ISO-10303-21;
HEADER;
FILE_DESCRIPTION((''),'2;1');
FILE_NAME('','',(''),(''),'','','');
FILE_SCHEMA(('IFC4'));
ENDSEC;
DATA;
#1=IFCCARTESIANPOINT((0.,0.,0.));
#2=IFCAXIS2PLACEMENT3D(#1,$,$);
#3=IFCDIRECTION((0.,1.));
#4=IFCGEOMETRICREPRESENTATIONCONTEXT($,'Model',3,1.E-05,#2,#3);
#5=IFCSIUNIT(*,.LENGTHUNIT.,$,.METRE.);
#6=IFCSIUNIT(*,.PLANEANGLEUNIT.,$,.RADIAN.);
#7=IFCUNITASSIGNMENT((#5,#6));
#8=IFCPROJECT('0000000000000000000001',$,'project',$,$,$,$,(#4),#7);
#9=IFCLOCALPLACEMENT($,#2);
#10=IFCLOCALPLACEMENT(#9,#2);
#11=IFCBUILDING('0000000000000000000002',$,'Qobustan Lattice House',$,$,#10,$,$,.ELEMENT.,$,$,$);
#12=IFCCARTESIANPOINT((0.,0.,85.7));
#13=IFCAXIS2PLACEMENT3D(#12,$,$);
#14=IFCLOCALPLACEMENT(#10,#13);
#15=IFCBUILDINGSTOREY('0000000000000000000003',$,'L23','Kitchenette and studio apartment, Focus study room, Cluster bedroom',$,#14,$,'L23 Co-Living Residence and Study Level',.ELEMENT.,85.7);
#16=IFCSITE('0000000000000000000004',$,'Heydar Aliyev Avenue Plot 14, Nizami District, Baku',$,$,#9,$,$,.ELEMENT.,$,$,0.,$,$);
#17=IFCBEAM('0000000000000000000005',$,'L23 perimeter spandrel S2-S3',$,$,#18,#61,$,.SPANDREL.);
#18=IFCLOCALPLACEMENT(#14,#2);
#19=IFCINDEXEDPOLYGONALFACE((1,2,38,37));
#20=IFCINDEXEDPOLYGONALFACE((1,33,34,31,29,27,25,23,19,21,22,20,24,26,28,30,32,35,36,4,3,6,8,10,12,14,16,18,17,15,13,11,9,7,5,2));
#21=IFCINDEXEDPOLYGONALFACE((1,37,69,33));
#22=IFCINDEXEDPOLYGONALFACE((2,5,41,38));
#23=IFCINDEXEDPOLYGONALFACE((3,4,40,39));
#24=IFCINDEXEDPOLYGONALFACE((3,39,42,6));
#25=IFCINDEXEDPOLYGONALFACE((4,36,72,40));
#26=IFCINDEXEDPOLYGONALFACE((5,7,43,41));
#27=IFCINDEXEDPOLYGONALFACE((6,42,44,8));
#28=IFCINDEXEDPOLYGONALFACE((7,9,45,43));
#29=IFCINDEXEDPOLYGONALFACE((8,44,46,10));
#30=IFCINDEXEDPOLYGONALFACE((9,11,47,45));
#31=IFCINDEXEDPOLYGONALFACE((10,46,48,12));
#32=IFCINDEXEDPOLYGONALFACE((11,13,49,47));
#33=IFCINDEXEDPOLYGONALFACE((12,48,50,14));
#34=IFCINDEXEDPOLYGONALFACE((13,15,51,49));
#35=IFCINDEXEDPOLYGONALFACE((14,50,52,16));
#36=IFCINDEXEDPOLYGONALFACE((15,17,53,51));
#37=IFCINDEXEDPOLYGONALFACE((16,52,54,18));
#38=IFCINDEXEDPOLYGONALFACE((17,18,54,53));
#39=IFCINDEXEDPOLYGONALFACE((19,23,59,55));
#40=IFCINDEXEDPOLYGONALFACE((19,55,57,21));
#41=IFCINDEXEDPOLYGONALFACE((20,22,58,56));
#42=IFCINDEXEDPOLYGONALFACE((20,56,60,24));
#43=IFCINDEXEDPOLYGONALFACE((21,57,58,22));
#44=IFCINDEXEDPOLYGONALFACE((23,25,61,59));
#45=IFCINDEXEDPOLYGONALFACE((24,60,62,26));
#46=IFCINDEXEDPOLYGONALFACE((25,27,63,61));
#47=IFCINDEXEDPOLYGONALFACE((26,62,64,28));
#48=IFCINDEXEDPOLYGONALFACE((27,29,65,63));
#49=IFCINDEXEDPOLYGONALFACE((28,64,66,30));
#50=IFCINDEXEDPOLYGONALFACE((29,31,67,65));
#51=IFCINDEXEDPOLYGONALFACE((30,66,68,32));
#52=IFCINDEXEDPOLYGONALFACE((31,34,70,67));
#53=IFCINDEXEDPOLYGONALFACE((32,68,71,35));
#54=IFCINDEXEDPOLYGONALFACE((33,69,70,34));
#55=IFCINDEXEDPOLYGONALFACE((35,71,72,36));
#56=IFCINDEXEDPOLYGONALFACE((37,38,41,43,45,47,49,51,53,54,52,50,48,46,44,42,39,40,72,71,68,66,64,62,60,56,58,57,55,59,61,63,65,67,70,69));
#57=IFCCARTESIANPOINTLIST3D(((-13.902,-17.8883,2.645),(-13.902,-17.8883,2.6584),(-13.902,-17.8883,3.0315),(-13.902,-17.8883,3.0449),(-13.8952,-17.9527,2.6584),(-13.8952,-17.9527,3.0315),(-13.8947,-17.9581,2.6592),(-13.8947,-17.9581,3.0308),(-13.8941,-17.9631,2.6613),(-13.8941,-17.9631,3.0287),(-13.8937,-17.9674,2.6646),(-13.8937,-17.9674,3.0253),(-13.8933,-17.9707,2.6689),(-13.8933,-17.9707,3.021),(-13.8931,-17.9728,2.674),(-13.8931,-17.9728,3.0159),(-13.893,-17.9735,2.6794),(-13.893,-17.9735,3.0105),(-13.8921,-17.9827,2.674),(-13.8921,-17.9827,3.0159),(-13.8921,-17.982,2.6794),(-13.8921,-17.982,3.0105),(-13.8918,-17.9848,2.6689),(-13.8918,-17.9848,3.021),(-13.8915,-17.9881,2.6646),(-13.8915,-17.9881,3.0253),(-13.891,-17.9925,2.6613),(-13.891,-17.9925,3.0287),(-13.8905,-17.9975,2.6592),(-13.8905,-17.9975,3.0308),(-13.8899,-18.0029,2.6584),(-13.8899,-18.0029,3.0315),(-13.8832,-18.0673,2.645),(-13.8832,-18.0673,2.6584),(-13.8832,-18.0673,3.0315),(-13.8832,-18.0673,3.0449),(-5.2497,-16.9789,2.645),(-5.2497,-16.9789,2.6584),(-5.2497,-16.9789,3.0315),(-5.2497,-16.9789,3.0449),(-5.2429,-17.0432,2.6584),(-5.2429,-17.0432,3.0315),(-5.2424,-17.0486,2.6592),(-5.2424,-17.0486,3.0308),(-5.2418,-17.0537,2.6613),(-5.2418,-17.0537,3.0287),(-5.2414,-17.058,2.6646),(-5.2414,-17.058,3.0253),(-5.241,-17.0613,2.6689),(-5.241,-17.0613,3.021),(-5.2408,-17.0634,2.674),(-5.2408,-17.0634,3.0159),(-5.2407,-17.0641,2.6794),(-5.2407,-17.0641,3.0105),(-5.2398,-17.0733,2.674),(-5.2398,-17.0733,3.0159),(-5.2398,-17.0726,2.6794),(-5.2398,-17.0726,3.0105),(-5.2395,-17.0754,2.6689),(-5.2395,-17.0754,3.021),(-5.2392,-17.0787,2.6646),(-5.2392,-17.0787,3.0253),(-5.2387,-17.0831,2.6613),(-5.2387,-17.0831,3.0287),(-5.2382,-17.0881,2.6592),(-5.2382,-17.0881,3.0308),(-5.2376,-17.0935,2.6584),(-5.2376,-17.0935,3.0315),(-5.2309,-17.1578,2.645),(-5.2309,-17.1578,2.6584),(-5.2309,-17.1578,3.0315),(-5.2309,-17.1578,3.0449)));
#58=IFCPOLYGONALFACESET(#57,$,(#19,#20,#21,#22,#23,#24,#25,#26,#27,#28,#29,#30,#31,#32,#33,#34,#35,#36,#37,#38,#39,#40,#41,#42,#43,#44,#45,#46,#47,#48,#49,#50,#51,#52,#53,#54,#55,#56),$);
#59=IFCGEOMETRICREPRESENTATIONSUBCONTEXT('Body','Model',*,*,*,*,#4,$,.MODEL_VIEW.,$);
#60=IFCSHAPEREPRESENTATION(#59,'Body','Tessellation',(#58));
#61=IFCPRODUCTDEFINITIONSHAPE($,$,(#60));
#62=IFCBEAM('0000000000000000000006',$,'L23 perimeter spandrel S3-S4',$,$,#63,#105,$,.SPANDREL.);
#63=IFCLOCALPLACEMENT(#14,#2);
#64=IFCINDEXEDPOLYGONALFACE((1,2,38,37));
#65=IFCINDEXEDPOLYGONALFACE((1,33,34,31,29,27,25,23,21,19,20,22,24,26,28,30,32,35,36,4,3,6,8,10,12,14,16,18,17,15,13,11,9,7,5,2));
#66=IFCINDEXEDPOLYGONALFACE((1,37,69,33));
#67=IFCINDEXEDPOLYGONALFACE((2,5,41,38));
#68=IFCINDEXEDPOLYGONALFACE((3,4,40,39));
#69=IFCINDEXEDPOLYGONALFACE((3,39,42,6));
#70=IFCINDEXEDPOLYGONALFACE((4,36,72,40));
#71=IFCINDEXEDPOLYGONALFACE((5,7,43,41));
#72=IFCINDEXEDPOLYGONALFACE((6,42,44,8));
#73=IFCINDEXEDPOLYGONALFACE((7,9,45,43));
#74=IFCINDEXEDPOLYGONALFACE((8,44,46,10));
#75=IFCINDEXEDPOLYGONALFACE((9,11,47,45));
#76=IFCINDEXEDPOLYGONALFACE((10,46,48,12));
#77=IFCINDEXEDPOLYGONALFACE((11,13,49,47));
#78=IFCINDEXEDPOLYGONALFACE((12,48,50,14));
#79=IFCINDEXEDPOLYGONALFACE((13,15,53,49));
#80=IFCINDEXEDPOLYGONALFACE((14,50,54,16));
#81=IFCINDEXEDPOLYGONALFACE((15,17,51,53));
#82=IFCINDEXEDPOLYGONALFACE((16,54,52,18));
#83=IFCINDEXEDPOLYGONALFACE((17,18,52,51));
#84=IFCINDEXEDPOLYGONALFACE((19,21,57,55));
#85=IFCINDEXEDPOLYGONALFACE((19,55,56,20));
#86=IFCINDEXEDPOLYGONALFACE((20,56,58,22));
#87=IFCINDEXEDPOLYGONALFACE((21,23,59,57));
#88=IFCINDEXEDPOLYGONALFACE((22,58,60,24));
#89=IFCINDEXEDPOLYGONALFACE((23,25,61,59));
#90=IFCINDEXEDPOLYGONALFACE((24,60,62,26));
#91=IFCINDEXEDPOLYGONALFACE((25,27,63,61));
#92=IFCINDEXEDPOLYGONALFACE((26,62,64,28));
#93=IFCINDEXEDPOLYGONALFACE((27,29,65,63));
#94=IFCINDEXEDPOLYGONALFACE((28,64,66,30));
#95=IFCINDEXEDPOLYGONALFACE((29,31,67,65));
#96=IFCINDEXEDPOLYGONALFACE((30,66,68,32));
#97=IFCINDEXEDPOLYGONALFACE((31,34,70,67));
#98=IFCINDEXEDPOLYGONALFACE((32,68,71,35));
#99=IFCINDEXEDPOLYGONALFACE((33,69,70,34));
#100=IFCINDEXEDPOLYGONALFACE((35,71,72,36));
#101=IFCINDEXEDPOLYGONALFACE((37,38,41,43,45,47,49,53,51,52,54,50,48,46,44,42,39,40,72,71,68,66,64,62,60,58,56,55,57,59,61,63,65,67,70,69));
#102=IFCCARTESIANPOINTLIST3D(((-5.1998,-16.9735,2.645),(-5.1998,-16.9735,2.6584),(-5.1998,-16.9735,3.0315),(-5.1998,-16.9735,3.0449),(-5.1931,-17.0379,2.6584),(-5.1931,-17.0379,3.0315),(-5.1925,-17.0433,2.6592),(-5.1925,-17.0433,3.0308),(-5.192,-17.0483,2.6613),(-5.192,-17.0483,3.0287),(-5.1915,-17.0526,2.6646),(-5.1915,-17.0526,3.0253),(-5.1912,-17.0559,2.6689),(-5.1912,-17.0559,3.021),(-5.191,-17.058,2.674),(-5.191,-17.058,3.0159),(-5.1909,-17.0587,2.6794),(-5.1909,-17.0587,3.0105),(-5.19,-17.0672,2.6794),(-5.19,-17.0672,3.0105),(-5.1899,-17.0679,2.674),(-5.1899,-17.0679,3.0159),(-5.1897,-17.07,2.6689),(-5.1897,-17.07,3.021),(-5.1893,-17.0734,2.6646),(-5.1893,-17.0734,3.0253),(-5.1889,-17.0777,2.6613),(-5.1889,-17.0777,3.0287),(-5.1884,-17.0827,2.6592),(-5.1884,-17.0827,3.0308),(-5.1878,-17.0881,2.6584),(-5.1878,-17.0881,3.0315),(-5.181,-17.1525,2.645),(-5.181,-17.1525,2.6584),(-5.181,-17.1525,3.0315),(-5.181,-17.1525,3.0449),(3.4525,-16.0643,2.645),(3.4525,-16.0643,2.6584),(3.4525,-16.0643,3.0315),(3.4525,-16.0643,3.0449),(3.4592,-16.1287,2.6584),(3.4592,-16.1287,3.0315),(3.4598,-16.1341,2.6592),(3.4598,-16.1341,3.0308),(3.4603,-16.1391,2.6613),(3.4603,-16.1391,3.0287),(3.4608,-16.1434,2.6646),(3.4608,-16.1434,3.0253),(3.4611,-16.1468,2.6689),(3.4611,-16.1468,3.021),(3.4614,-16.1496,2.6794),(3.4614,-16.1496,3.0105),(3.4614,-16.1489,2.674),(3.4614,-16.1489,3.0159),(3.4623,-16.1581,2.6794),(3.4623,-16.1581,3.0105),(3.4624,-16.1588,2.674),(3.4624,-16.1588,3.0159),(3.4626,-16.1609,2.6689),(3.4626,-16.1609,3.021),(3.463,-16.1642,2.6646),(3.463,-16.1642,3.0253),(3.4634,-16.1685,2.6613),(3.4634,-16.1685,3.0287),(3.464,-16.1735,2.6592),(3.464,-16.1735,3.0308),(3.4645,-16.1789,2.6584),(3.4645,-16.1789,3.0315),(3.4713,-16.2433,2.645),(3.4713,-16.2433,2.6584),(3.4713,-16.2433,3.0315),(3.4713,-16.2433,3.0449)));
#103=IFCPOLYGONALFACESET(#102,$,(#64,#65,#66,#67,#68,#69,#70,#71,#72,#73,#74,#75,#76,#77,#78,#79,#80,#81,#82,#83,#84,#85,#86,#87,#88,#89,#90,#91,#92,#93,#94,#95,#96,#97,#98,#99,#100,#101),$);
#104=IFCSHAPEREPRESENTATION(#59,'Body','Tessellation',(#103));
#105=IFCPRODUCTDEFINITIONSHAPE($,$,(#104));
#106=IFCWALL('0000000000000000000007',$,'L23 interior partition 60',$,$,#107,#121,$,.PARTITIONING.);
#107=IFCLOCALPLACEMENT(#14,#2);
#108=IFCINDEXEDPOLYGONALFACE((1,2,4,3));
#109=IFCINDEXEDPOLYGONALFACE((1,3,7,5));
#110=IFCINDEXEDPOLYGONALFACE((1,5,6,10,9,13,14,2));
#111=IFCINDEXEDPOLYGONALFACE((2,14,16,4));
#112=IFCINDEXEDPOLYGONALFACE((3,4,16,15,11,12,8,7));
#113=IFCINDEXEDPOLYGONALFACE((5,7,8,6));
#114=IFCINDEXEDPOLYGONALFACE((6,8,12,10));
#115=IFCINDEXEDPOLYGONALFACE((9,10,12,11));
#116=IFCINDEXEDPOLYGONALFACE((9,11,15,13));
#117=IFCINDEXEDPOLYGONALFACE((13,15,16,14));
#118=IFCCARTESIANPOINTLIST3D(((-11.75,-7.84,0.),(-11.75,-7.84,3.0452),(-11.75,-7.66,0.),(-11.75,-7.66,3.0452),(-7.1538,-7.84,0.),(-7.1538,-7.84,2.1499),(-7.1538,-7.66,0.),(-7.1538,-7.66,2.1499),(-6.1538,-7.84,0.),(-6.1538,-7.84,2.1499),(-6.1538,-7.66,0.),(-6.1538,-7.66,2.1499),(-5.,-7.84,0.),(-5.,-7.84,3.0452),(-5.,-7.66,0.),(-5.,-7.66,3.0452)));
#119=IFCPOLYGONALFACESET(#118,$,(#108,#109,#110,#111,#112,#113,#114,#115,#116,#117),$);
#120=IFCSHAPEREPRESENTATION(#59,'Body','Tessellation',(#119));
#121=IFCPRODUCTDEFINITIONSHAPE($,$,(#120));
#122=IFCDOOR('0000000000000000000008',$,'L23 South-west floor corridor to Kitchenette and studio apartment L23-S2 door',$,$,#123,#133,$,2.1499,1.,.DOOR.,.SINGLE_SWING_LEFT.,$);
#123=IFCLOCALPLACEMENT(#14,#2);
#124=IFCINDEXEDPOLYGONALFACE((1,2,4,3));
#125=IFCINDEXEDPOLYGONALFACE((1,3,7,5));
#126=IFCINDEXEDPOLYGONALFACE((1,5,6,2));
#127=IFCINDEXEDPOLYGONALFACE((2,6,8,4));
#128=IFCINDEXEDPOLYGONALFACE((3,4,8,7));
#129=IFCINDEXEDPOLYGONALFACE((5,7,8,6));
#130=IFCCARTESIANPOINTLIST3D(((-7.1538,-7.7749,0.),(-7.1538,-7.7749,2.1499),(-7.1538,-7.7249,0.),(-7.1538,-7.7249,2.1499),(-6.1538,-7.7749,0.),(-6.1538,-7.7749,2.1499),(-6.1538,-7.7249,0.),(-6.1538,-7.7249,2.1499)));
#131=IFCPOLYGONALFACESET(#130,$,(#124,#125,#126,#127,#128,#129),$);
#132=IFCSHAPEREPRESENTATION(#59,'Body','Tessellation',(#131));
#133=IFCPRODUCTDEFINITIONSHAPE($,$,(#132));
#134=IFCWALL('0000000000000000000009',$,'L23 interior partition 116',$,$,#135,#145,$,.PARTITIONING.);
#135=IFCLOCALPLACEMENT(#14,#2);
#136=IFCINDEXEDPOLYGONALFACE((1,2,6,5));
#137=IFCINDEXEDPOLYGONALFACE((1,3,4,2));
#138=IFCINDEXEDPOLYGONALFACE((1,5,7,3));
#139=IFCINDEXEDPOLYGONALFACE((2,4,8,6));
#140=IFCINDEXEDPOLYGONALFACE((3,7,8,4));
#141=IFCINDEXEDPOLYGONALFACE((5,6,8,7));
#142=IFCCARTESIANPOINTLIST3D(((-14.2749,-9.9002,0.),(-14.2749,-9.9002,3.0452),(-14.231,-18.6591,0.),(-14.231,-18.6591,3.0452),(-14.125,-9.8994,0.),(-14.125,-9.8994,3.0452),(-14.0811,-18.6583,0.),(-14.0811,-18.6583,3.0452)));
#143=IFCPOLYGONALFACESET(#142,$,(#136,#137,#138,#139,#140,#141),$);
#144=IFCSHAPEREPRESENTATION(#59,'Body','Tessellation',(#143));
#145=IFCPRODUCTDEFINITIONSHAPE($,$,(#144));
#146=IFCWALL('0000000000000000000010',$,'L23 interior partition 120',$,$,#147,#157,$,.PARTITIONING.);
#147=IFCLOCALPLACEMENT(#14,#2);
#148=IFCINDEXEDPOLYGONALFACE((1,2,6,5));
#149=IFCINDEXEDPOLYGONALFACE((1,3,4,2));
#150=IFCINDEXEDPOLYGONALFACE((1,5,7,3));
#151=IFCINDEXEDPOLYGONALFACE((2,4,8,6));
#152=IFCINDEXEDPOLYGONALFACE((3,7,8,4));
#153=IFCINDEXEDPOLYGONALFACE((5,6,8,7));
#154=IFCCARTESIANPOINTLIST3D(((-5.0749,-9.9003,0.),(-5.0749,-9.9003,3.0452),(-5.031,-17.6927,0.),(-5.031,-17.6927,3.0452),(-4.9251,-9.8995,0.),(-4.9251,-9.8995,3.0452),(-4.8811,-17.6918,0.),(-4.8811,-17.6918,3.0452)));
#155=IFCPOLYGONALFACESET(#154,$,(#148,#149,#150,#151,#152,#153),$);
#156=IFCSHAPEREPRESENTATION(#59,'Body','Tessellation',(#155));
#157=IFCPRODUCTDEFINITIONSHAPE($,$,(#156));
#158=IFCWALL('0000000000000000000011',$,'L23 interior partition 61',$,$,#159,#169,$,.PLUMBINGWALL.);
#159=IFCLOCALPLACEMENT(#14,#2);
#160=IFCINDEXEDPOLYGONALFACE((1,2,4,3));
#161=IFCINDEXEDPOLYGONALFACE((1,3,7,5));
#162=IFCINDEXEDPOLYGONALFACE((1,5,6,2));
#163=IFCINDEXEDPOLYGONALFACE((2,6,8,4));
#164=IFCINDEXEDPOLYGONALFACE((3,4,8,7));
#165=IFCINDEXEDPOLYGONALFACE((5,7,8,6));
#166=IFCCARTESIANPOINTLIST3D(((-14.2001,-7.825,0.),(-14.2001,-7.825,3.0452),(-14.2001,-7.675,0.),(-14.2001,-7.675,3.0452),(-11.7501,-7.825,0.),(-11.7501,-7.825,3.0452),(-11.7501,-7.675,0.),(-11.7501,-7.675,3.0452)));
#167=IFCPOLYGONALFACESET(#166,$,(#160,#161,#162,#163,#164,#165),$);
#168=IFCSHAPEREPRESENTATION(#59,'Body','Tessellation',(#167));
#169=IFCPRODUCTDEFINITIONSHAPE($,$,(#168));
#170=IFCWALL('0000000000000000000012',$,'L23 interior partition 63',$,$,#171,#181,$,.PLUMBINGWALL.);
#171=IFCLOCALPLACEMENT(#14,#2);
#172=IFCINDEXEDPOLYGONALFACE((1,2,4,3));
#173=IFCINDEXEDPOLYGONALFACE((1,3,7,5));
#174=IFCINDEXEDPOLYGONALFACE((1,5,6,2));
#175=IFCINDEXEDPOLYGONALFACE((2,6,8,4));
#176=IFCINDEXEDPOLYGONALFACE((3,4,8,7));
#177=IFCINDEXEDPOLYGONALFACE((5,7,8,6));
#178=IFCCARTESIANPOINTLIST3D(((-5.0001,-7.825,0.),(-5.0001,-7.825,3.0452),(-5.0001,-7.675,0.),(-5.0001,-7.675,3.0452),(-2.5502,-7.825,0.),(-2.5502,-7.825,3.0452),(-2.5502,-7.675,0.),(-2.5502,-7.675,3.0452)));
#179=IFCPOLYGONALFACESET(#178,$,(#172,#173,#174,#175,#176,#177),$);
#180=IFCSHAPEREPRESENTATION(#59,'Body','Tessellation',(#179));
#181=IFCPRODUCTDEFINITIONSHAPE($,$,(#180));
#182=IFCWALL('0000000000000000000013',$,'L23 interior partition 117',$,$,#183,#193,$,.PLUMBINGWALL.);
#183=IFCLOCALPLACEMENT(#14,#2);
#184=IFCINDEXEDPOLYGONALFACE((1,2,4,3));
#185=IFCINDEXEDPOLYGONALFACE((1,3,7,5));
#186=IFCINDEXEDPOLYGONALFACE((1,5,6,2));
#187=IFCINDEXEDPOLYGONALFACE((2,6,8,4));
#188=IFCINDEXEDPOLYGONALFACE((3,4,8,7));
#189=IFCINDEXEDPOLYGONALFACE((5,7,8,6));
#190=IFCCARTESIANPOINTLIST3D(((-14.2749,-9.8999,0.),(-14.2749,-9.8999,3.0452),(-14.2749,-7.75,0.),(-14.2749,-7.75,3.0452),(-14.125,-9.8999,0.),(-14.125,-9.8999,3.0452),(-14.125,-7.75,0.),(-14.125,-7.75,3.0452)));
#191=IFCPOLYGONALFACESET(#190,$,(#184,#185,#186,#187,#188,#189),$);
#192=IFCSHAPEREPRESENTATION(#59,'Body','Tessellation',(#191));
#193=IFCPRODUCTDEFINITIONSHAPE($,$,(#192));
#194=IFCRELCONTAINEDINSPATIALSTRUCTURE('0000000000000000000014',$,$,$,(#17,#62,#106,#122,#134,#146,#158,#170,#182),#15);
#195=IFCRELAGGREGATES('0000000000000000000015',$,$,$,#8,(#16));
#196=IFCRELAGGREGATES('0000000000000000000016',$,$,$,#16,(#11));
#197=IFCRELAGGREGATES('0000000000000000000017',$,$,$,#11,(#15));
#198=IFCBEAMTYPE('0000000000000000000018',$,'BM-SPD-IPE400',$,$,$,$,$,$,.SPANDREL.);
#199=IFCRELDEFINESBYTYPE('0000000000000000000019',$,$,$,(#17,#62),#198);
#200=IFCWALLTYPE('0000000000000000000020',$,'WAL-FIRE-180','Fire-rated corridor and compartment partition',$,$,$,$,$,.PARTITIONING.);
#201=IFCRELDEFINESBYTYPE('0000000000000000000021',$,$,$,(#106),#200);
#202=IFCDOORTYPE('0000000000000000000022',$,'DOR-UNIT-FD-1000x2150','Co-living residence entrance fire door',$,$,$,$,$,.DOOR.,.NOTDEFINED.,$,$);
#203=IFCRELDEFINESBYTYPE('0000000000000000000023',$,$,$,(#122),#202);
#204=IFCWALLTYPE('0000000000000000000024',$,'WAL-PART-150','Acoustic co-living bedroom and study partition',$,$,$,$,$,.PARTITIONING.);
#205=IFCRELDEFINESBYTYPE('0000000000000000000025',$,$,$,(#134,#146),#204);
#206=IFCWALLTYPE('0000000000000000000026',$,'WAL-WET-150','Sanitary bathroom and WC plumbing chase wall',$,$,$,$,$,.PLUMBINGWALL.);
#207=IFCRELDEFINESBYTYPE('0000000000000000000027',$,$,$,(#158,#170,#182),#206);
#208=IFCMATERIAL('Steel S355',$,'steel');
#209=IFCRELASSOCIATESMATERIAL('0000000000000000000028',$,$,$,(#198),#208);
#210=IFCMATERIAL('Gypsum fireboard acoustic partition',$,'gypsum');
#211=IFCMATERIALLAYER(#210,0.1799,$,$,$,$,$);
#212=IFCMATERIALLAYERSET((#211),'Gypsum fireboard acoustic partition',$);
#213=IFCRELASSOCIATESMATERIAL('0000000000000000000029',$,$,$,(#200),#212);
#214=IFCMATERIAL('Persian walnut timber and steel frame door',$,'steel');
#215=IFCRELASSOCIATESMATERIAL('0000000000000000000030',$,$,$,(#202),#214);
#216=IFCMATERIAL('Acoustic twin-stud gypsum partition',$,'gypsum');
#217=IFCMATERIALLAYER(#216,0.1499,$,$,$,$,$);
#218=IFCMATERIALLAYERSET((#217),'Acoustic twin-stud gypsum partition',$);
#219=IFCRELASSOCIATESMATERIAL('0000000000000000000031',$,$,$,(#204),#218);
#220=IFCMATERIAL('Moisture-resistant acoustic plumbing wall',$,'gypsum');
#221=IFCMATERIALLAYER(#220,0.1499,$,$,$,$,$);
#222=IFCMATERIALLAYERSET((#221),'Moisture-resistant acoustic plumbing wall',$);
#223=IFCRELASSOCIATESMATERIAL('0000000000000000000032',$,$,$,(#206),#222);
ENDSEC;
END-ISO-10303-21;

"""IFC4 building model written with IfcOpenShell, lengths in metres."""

from ifc_helpers import new_model, si_unit, direction, frame, frame_2d, origin, origin_2d, place, context, subcontext, project, spatial, rectangle, i_section, extrude, material, layer, layer_set, material_profile, profile_set, type_object, element, fill, save


model = new_model("IFC4")

# Units and contexts
model_context = context("Model", 3, precision=1e-05, world=origin(), true_north=direction((0.0, 1.0)))
body_context = subcontext(model_context, "Body", "Model", "MODEL_VIEW")
ifc_project = project(units=[si_unit("LENGTHUNIT", "METRE"), si_unit("PLANEANGLEUNIT", "RADIAN")], contexts=[model_context])

# Site, building, storey
site_placement = place(None, origin())
site = spatial("IfcSite", under=ifc_project, at=site_placement, Name="Heydar Aliyev Avenue Plot 14, Nizami District, Baku", CompositionType="ELEMENT", RefElevation=0.0)
building_placement = place(site_placement, origin())
building = spatial("IfcBuilding", under=site, at=building_placement, Name="Qobustan Lattice House", CompositionType="ELEMENT")
storey_placement = place(building_placement, frame((0.0, 0.0, 85.7)))
storey = spatial("IfcBuildingStorey", under=building, at=storey_placement, Name="L23", Description="Kitchenette and studio apartment, Focus study room, Cluster bedroom", LongName="L23 Co-Living Residence and Study Level", CompositionType="ELEMENT", Elevation=85.7)

# Beams
ifc_material_1 = material(Name="Steel S355", Category="steel")
ifc_material_profile_1 = material_profile(ifc_material_1, i_section(OverallWidth=0.1799, OverallDepth=0.3999, WebThickness=0.0085, FlangeThickness=0.0134, FilletRadius=0.021, at=origin_2d()), Name="IPE400")
ifc_profile_set_1 = profile_set([ifc_material_profile_1], Name="Steel S355")
beam_type_1 = type_object("IfcBeamType", Name="BM-SPD-IPE400", PredefinedType="SPANDREL", material=ifc_profile_set_1)
for number, where, z_axis, x_axis, name in (
    (1, (-13.8926, -17.9778, 2.845), (0.994522, 0.104531, 0.0), (-0.104531, 0.994522, 0.0), "L23 perimeter spandrel S2-S3"),
    (2, (-5.1904, -17.063, 2.845), (0.994525, 0.104504, 0.0), (-0.104504, 0.994525, 0.0), "L23 perimeter spandrel S3-S4"),
):
    element("IfcBeam", number, at=place(storey_placement, frame(where, z_axis=z_axis, x_axis=x_axis)), inside=storey, type_object=beam_type_1, Name=name, PredefinedType="SPANDREL", context=body_context, shape_type="SweptSolid", body=[
        extrude(i_section(OverallWidth=0.1799, OverallDepth=0.3999, WebThickness=0.0085, FlangeThickness=0.0134, FilletRadius=0.021, at=origin_2d()), origin(), (0.0, 0.0, 1.0), 8.7),
    ])

# Wall, opening, door
ifc_material_2 = material(Name="Gypsum fireboard acoustic partition", Category="gypsum")
ifc_layer_1 = layer(ifc_material_2, 0.1799)
ifc_layer_set_1 = layer_set([ifc_layer_1], Name="Gypsum fireboard acoustic partition")
wall_type_1 = type_object("IfcWallType", Name="WAL-FIRE-180", Description="Fire-rated corridor and compartment partition", PredefinedType="PARTITIONING", material=ifc_layer_set_1)
wall_1_placement = place(storey_placement, frame((-5.0, -7.75, 0.0), z_axis=(0.0, 0.0, 1.0), x_axis=(-1.0, 0.0, 0.0)))
wall_1 = element("IfcWall", 3, at=wall_1_placement, inside=storey, type_object=wall_type_1, Name="L23 interior partition 60", PredefinedType="PARTITIONING", context=body_context, shape_type="SweptSolid", body=[
    extrude(rectangle(XDim=6.75, YDim=0.1799, at=frame_2d((3.375, 0.0))), origin(), (0.0, 0.0, 1.0), 3.0452),
])
opening_1_placement = place(wall_1_placement, frame((1.1538, 0.0, 0.0)))
opening_1 = element("IfcOpeningElement", 4, at=opening_1_placement, cuts=wall_1, PredefinedType="OPENING", context=body_context, shape_type="SweptSolid", body=[
    extrude(rectangle(XDim=1.0, YDim=2.1499, at=frame_2d((0.5, 1.075))), frame((0.0, 0.0999, 0.0), z_axis=(0.0, -1.0, 0.0), x_axis=(1.0, 0.0, 0.0)), (0.0, 0.0, 1.0), 0.2),
])
ifc_material_3 = material(Name="Persian walnut timber and steel frame door", Category="steel")
door_type_1 = type_object("IfcDoorType", Name="DOR-UNIT-FD-1000x2150", Description="Co-living residence entrance fire door", OperationType="NOTDEFINED", PredefinedType="DOOR", material=ifc_material_3)
door_1_placement = place(opening_1_placement, origin())
door_1 = element("IfcDoor", 5, at=door_1_placement, inside=storey, type_object=door_type_1, Name="L23 South-west floor corridor to Kitchenette and studio apartment L23-S2 door", OperationType="SINGLE_SWING_LEFT", OverallHeight=2.1499, OverallWidth=1.0, PredefinedType="DOOR", context=body_context, shape_type="SweptSolid", body=[
    extrude(rectangle(XDim=1.0, YDim=2.1499, at=frame_2d((0.5, 1.075))), frame((0.0, 0.0249, 0.0), z_axis=(0.0, -1.0, 0.0), x_axis=(1.0, 0.0, 0.0)), (0.0, 0.0, 1.0), 0.05),
])
fill(opening_1, door_1)
ifc_material_4 = material(Name="Acoustic twin-stud gypsum partition", Category="gypsum")
ifc_layer_2 = layer(ifc_material_4, 0.1499)
ifc_layer_set_2 = layer_set([ifc_layer_2], Name="Acoustic twin-stud gypsum partition")
wall_type_2 = type_object("IfcWallType", Name="WAL-PART-150", Description="Acoustic co-living bedroom and study partition", PredefinedType="PARTITIONING", material=ifc_layer_set_2)

# Walls
wall_2_placement = place(storey_placement, frame((-14.2, -9.8999, 0.0), z_axis=(0.0, 0.0, 1.0), x_axis=(0.005017, -0.999987, 0.0)))
element("IfcWall", 6, at=wall_2_placement, inside=storey, type_object=wall_type_2, Name="L23 interior partition 116", PredefinedType="PARTITIONING", context=body_context, shape_type="SweptSolid", body=[
    extrude(rectangle(XDim=8.759, YDim=0.1499, at=frame_2d((4.3794, 0.0))), origin(), (0.0, 0.0, 1.0), 3.0452),
])
wall_3_placement = place(storey_placement, frame((-5.0, -9.8999, 0.0), z_axis=(0.0, 0.0, 1.0), x_axis=(0.00564, -0.999984, 0.0)))
element("IfcWall", 7, at=wall_3_placement, inside=storey, type_object=wall_type_2, Name="L23 interior partition 120", PredefinedType="PARTITIONING", context=body_context, shape_type="SweptSolid", body=[
    extrude(rectangle(XDim=7.7925, YDim=0.1499, at=frame_2d((3.8962, 0.0))), origin(), (0.0, 0.0, 1.0), 3.0452),
])
ifc_material_5 = material(Name="Moisture-resistant acoustic plumbing wall", Category="gypsum")
ifc_layer_3 = layer(ifc_material_5, 0.1499)
ifc_layer_set_3 = layer_set([ifc_layer_3], Name="Moisture-resistant acoustic plumbing wall")
wall_type_3 = type_object("IfcWallType", Name="WAL-WET-150", Description="Sanitary bathroom and WC plumbing chase wall", PredefinedType="PLUMBINGWALL", material=ifc_layer_set_3)
for number, where, z_axis, x_axis, name in (
    (8, (-11.75, -7.75, 0.0), (0.0, 0.0, 1.0), (-1.0, 0.0, 0.0), "L23 interior partition 61"),
    (9, (-2.55, -7.75, 0.0), (0.0, 0.0, 1.0), (-1.0, 0.0, 0.0), "L23 interior partition 63"),
):
    element("IfcWall", number, at=place(storey_placement, frame(where, z_axis=z_axis, x_axis=x_axis)), inside=storey, type_object=wall_type_3, Name=name, PredefinedType="PLUMBINGWALL", context=body_context, shape_type="SweptSolid", body=[
        extrude(rectangle(XDim=2.45, YDim=0.1499, at=frame_2d((1.2251, 0.0))), origin(), (0.0, 0.0, 1.0), 3.0452),
    ])
wall_4_placement = place(storey_placement, frame((-14.2, -7.75, 0.0), z_axis=(0.0, 0.0, 1.0), x_axis=(0.0, -1.0, 0.0)))
element("IfcWall", 10, at=wall_4_placement, inside=storey, type_object=wall_type_3, Name="L23 interior partition 117", PredefinedType="PLUMBINGWALL", context=body_context, shape_type="SweptSolid", body=[
    extrude(rectangle(XDim=2.1499, YDim=0.1499, at=frame_2d((1.075, 0.0))), origin(), (0.0, 0.0, 1.0), 3.0452),
])

save(model, "model.ifc")
